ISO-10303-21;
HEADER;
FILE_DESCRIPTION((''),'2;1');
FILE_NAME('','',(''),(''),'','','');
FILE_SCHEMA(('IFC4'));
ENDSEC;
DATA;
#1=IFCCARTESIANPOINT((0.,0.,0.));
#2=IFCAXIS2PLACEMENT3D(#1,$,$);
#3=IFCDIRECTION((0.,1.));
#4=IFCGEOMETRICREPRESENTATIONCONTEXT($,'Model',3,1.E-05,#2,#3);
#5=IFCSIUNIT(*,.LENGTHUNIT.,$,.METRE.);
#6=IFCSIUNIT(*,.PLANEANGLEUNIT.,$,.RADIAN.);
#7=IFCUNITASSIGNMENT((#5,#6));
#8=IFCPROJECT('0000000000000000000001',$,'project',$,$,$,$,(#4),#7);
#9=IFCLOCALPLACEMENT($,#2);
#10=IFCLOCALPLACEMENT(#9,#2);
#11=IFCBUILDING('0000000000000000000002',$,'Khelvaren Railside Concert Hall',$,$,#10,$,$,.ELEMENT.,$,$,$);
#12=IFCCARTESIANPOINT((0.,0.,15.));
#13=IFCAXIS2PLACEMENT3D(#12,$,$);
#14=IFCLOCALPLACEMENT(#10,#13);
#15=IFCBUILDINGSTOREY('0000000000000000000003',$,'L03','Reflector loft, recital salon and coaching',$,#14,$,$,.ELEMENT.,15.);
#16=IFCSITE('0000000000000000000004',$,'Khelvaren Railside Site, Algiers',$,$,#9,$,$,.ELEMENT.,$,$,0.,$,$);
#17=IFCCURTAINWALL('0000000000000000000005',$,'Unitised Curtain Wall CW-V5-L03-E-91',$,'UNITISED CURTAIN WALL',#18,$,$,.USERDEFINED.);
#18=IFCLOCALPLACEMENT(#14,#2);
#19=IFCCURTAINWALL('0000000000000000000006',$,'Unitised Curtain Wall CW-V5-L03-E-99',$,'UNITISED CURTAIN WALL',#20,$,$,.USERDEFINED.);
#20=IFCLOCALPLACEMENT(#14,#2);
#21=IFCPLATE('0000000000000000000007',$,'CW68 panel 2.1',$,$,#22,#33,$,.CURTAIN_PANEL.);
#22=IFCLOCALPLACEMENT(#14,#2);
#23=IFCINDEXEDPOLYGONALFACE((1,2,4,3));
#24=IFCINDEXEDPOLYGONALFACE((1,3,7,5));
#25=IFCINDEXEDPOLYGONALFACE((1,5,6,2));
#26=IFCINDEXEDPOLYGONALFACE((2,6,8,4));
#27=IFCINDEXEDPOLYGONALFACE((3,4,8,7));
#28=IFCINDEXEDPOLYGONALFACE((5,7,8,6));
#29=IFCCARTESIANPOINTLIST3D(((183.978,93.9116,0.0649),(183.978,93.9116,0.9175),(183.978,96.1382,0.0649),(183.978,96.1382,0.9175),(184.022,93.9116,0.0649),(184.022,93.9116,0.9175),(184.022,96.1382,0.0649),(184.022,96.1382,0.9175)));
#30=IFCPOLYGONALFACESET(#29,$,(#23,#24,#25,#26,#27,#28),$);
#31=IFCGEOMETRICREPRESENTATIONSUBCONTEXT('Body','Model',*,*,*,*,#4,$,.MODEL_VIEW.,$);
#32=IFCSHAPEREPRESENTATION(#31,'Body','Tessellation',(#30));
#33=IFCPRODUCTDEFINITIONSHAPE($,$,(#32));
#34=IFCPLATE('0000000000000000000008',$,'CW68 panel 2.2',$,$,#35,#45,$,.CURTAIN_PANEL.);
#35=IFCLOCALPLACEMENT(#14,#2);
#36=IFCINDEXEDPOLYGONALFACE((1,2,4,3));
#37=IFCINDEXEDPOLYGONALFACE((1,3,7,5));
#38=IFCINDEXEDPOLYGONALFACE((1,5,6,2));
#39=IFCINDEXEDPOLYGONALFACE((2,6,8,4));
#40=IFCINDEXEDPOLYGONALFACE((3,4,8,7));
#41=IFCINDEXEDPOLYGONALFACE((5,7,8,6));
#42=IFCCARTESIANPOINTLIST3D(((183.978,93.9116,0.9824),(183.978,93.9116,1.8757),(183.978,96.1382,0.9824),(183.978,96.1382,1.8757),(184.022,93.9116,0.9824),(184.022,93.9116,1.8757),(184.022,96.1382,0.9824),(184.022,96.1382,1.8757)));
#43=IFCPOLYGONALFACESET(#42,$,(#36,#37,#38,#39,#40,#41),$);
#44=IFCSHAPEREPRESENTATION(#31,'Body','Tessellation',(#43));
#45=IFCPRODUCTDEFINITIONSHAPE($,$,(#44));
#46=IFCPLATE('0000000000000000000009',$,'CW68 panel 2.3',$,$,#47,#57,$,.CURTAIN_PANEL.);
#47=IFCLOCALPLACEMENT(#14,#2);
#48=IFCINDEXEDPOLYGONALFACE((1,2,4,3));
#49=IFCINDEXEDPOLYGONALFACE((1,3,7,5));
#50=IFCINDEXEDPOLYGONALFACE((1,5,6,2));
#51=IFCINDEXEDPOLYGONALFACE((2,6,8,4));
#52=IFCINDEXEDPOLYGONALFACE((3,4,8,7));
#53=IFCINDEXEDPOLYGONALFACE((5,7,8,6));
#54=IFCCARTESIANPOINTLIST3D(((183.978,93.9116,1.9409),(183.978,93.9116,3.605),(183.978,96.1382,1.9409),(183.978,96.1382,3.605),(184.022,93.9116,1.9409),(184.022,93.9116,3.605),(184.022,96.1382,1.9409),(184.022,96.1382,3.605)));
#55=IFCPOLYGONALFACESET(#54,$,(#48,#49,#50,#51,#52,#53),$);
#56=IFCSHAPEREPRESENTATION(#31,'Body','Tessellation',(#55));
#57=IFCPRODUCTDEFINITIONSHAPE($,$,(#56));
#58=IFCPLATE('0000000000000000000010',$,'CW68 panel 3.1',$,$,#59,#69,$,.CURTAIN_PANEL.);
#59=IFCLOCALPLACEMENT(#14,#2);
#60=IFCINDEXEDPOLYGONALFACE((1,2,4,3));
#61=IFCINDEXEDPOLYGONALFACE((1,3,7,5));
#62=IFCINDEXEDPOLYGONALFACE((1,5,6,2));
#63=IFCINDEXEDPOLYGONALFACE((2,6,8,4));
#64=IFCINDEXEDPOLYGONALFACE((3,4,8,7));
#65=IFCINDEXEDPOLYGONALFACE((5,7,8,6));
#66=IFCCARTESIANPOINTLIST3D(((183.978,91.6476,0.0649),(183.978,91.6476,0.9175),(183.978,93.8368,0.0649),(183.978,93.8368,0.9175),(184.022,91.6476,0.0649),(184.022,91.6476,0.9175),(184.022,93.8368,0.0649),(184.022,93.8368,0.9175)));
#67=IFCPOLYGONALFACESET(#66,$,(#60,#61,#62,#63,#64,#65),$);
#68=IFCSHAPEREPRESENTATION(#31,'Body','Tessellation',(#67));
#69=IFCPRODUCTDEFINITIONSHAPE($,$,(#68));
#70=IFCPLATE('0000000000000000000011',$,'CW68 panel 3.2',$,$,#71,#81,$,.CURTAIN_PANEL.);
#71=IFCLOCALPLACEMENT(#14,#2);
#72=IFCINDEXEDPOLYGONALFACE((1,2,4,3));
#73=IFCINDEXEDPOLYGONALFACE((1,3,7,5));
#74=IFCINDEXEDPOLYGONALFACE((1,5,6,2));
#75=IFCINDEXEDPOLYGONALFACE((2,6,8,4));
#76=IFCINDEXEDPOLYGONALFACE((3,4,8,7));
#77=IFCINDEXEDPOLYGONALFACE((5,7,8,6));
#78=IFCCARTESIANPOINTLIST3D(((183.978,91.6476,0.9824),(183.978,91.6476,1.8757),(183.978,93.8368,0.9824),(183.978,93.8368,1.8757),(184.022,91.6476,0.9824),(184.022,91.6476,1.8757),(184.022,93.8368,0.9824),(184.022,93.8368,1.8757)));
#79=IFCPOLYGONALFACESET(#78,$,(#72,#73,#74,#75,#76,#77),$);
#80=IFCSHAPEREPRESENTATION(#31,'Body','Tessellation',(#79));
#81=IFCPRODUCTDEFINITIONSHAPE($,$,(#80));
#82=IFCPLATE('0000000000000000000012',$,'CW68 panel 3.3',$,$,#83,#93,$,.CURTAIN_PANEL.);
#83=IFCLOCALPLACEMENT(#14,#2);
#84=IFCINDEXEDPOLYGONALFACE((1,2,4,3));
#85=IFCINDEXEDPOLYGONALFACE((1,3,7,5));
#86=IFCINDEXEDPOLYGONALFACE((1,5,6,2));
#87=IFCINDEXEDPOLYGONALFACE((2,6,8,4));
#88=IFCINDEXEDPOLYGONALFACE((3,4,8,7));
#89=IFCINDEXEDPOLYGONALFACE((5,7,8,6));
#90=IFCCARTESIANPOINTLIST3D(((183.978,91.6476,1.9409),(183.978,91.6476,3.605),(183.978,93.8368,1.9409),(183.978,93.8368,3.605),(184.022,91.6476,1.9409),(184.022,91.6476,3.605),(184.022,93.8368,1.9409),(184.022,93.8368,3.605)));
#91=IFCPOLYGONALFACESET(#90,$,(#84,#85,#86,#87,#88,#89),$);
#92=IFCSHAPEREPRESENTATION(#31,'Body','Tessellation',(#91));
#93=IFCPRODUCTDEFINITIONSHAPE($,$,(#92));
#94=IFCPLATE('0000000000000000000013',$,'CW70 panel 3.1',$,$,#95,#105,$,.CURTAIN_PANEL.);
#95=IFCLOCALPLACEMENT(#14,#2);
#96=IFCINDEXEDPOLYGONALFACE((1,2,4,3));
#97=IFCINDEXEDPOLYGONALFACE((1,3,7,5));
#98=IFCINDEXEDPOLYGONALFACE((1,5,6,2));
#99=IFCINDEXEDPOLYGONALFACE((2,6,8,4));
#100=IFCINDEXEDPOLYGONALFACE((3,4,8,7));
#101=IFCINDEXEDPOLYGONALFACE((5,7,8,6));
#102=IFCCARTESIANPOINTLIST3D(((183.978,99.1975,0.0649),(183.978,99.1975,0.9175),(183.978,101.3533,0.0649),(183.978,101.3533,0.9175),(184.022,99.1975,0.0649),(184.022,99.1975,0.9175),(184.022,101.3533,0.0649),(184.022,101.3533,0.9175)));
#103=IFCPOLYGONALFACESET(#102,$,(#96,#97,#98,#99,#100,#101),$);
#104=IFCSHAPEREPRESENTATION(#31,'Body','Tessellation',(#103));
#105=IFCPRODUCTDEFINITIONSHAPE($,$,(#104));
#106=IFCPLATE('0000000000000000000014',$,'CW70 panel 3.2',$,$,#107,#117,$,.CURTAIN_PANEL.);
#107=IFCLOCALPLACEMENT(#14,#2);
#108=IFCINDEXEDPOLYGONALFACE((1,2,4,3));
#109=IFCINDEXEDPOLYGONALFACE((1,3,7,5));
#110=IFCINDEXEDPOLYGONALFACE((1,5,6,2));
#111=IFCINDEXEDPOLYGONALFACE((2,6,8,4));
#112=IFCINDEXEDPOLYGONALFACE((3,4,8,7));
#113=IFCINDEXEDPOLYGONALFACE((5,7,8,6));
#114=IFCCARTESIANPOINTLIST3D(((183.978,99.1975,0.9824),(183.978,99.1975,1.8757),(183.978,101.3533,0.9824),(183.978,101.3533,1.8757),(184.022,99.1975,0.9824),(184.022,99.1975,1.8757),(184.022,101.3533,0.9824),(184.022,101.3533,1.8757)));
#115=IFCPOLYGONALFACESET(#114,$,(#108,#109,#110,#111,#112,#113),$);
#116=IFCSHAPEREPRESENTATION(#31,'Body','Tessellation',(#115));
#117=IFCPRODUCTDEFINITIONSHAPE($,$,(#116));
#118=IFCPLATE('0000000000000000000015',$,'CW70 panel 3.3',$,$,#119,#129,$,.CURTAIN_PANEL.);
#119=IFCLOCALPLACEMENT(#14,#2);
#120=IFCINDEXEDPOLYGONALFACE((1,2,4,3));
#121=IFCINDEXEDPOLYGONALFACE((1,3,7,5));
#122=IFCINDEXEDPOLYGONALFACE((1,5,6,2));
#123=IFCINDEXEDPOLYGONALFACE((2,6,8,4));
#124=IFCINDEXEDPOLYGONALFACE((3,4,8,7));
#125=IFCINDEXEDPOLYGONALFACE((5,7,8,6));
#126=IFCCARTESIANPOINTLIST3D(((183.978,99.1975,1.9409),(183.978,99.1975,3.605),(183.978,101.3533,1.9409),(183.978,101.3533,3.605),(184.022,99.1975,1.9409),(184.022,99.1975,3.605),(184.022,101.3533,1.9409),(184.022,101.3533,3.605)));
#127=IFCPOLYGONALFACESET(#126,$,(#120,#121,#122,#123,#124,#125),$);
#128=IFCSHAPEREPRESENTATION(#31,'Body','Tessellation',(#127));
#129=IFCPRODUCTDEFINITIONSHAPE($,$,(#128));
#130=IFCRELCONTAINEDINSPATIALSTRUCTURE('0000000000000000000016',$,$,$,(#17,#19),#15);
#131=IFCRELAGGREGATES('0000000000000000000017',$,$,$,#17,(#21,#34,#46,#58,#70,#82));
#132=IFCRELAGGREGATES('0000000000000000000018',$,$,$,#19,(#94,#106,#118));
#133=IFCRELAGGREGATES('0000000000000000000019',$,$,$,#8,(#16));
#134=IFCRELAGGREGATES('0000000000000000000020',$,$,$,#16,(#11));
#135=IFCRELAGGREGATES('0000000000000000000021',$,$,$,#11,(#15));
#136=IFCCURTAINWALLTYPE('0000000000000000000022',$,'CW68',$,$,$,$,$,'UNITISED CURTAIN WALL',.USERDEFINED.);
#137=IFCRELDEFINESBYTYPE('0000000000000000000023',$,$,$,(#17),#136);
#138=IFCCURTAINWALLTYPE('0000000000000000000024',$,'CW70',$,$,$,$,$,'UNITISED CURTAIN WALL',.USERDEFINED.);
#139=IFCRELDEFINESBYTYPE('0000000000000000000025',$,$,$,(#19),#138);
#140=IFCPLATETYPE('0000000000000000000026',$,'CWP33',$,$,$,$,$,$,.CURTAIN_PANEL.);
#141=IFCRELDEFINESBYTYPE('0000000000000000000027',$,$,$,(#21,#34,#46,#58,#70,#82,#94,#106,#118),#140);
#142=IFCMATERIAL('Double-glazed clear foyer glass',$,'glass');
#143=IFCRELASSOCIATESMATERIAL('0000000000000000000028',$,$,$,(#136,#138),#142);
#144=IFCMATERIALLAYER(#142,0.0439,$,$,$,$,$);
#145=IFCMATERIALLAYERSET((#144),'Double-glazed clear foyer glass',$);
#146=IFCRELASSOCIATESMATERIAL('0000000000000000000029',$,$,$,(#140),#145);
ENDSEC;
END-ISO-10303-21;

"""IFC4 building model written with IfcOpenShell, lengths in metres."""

from ifc_helpers import new_model, si_unit, direction, frame, origin, origin_2d, place, context, subcontext, project, spatial, rectangle, extrude, material, layer, layer_set, type_object, element, aggregate, save


model = new_model("IFC4")

# Units and contexts
model_context = context("Model", 3, precision=1e-05, world=origin(), true_north=direction((0.0, 1.0)))
body_context = subcontext(model_context, "Body", "Model", "MODEL_VIEW")
ifc_project = project(units=[si_unit("LENGTHUNIT", "METRE"), si_unit("PLANEANGLEUNIT", "RADIAN")], contexts=[model_context])

# Site, building, storey
site_placement = place(None, origin())
site = spatial("IfcSite", under=ifc_project, at=site_placement, Name="Khelvaren Railside Site, Algiers", CompositionType="ELEMENT", RefElevation=0.0)
building_placement = place(site_placement, origin())
building = spatial("IfcBuilding", under=site, at=building_placement, Name="Khelvaren Railside Concert Hall", CompositionType="ELEMENT")
storey_placement = place(building_placement, frame((0.0, 0.0, 15.0)))
storey = spatial("IfcBuildingStorey", under=building, at=storey_placement, Name="L03", Description="Reflector loft, recital salon and coaching", CompositionType="ELEMENT", Elevation=15.0)

# Curtain wall
ifc_material_1 = material(Name="Double-glazed clear foyer glass", Category="glass")
curtain_wall_type_1 = type_object("IfcCurtainWallType", Name="CW68", ElementType="UNITISED CURTAIN WALL", PredefinedType="USERDEFINED", material=ifc_material_1)
curtain_wall_1_placement = place(storey_placement, origin())
curtain_wall_1 = element("IfcCurtainWall", 1, at=curtain_wall_1_placement, inside=storey, type_object=curtain_wall_type_1, Name="Unitised Curtain Wall CW-V5-L03-E-91", ObjectType="UNITISED CURTAIN WALL", PredefinedType="USERDEFINED")

# Curtain wall
curtain_wall_type_2 = type_object("IfcCurtainWallType", Name="CW70", ElementType="UNITISED CURTAIN WALL", PredefinedType="USERDEFINED", material=ifc_material_1)
curtain_wall_2_placement = place(storey_placement, origin())
curtain_wall_2 = element("IfcCurtainWall", 2, at=curtain_wall_2_placement, inside=storey, type_object=curtain_wall_type_2, Name="Unitised Curtain Wall CW-V5-L03-E-99", ObjectType="UNITISED CURTAIN WALL", PredefinedType="USERDEFINED")

# Plates
ifc_layer = layer(ifc_material_1, 0.0439)
ifc_layer_set = layer_set([ifc_layer], Name="Double-glazed clear foyer glass")
plate_type = type_object("IfcPlateType", Name="CWP33", PredefinedType="CURTAIN_PANEL", material=ifc_layer_set)
plate_1_placement = place(storey_placement, frame((184.0, 95.0249, 0.0649), z_axis=(0.0, 0.0, 1.0), x_axis=(0.0, -1.0, 0.0)))
plate_1 = element("IfcPlate", 3, at=plate_1_placement, type_object=plate_type, Name="CW68 panel 2.1", PredefinedType="CURTAIN_PANEL", context=body_context, shape_type="SweptSolid", body=[
    extrude(rectangle(XDim=2.2266, YDim=0.0439, at=origin_2d()), origin(), (0.0, 0.0, 1.0), 0.8525),
])
plate_2_placement = place(storey_placement, frame((184.0, 95.0249, 0.9824), z_axis=(0.0, 0.0, 1.0), x_axis=(0.0, -1.0, 0.0)))
plate_2 = element("IfcPlate", 4, at=plate_2_placement, type_object=plate_type, Name="CW68 panel 2.2", PredefinedType="CURTAIN_PANEL", context=body_context, shape_type="SweptSolid", body=[
    extrude(rectangle(XDim=2.2266, YDim=0.0439, at=origin_2d()), origin(), (0.0, 0.0, 1.0), 0.8933),
])
plate_3_placement = place(storey_placement, frame((184.0, 95.0249, 1.9409), z_axis=(0.0, 0.0, 1.0), x_axis=(0.0, -1.0, 0.0)))
plate_3 = element("IfcPlate", 5, at=plate_3_placement, type_object=plate_type, Name="CW68 panel 2.3", PredefinedType="CURTAIN_PANEL", context=body_context, shape_type="SweptSolid", body=[
    extrude(rectangle(XDim=2.2266, YDim=0.0439, at=origin_2d()), origin(), (0.0, 0.0, 1.0), 1.6641),
])
plate_4_placement = place(storey_placement, frame((184.0, 92.7422, 0.0649), z_axis=(0.0, 0.0, 1.0), x_axis=(0.0, -1.0, 0.0)))
plate_4 = element("IfcPlate", 6, at=plate_4_placement, type_object=plate_type, Name="CW68 panel 3.1", PredefinedType="CURTAIN_PANEL", context=body_context, shape_type="SweptSolid", body=[
    extrude(rectangle(XDim=2.1892, YDim=0.0439, at=origin_2d()), origin(), (0.0, 0.0, 1.0), 0.8525),
])
plate_5_placement = place(storey_placement, frame((184.0, 92.7422, 0.9824), z_axis=(0.0, 0.0, 1.0), x_axis=(0.0, -1.0, 0.0)))
plate_5 = element("IfcPlate", 7, at=plate_5_placement, type_object=plate_type, Name="CW68 panel 3.2", PredefinedType="CURTAIN_PANEL", context=body_context, shape_type="SweptSolid", body=[
    extrude(rectangle(XDim=2.1892, YDim=0.0439, at=origin_2d()), origin(), (0.0, 0.0, 1.0), 0.8933),
])
plate_6_placement = place(storey_placement, frame((184.0, 92.7422, 1.9409), z_axis=(0.0, 0.0, 1.0), x_axis=(0.0, -1.0, 0.0)))
plate_6 = element("IfcPlate", 8, at=plate_6_placement, type_object=plate_type, Name="CW68 panel 3.3", PredefinedType="CURTAIN_PANEL", context=body_context, shape_type="SweptSolid", body=[
    extrude(rectangle(XDim=2.1892, YDim=0.0439, at=origin_2d()), origin(), (0.0, 0.0, 1.0), 1.6641),
])
aggregate(curtain_wall_1, [plate_1, plate_2, plate_3, plate_4, plate_5, plate_6])
plate_7_placement = place(storey_placement, frame((184.0, 100.2754, 0.0649), z_axis=(0.0, 0.0, 1.0), x_axis=(0.0, -1.0, 0.0)))
plate_7 = element("IfcPlate", 9, at=plate_7_placement, type_object=plate_type, Name="CW70 panel 3.1", PredefinedType="CURTAIN_PANEL", context=body_context, shape_type="SweptSolid", body=[
    extrude(rectangle(XDim=2.1558, YDim=0.0439, at=origin_2d()), origin(), (0.0, 0.0, 1.0), 0.8525),
])
plate_8_placement = place(storey_placement, frame((184.0, 100.2754, 0.9824), z_axis=(0.0, 0.0, 1.0), x_axis=(0.0, -1.0, 0.0)))
plate_8 = element("IfcPlate", 10, at=plate_8_placement, type_object=plate_type, Name="CW70 panel 3.2", PredefinedType="CURTAIN_PANEL", context=body_context, shape_type="SweptSolid", body=[
    extrude(rectangle(XDim=2.1558, YDim=0.0439, at=origin_2d()), origin(), (0.0, 0.0, 1.0), 0.8933),
])
plate_9_placement = place(storey_placement, frame((184.0, 100.2754, 1.9409), z_axis=(0.0, 0.0, 1.0), x_axis=(0.0, -1.0, 0.0)))
plate_9 = element("IfcPlate", 11, at=plate_9_placement, type_object=plate_type, Name="CW70 panel 3.3", PredefinedType="CURTAIN_PANEL", context=body_context, shape_type="SweptSolid", body=[
    extrude(rectangle(XDim=2.1558, YDim=0.0439, at=origin_2d()), origin(), (0.0, 0.0, 1.0), 1.6641),
])
aggregate(curtain_wall_2, [plate_7, plate_8, plate_9])

save(model, "model.ifc")
